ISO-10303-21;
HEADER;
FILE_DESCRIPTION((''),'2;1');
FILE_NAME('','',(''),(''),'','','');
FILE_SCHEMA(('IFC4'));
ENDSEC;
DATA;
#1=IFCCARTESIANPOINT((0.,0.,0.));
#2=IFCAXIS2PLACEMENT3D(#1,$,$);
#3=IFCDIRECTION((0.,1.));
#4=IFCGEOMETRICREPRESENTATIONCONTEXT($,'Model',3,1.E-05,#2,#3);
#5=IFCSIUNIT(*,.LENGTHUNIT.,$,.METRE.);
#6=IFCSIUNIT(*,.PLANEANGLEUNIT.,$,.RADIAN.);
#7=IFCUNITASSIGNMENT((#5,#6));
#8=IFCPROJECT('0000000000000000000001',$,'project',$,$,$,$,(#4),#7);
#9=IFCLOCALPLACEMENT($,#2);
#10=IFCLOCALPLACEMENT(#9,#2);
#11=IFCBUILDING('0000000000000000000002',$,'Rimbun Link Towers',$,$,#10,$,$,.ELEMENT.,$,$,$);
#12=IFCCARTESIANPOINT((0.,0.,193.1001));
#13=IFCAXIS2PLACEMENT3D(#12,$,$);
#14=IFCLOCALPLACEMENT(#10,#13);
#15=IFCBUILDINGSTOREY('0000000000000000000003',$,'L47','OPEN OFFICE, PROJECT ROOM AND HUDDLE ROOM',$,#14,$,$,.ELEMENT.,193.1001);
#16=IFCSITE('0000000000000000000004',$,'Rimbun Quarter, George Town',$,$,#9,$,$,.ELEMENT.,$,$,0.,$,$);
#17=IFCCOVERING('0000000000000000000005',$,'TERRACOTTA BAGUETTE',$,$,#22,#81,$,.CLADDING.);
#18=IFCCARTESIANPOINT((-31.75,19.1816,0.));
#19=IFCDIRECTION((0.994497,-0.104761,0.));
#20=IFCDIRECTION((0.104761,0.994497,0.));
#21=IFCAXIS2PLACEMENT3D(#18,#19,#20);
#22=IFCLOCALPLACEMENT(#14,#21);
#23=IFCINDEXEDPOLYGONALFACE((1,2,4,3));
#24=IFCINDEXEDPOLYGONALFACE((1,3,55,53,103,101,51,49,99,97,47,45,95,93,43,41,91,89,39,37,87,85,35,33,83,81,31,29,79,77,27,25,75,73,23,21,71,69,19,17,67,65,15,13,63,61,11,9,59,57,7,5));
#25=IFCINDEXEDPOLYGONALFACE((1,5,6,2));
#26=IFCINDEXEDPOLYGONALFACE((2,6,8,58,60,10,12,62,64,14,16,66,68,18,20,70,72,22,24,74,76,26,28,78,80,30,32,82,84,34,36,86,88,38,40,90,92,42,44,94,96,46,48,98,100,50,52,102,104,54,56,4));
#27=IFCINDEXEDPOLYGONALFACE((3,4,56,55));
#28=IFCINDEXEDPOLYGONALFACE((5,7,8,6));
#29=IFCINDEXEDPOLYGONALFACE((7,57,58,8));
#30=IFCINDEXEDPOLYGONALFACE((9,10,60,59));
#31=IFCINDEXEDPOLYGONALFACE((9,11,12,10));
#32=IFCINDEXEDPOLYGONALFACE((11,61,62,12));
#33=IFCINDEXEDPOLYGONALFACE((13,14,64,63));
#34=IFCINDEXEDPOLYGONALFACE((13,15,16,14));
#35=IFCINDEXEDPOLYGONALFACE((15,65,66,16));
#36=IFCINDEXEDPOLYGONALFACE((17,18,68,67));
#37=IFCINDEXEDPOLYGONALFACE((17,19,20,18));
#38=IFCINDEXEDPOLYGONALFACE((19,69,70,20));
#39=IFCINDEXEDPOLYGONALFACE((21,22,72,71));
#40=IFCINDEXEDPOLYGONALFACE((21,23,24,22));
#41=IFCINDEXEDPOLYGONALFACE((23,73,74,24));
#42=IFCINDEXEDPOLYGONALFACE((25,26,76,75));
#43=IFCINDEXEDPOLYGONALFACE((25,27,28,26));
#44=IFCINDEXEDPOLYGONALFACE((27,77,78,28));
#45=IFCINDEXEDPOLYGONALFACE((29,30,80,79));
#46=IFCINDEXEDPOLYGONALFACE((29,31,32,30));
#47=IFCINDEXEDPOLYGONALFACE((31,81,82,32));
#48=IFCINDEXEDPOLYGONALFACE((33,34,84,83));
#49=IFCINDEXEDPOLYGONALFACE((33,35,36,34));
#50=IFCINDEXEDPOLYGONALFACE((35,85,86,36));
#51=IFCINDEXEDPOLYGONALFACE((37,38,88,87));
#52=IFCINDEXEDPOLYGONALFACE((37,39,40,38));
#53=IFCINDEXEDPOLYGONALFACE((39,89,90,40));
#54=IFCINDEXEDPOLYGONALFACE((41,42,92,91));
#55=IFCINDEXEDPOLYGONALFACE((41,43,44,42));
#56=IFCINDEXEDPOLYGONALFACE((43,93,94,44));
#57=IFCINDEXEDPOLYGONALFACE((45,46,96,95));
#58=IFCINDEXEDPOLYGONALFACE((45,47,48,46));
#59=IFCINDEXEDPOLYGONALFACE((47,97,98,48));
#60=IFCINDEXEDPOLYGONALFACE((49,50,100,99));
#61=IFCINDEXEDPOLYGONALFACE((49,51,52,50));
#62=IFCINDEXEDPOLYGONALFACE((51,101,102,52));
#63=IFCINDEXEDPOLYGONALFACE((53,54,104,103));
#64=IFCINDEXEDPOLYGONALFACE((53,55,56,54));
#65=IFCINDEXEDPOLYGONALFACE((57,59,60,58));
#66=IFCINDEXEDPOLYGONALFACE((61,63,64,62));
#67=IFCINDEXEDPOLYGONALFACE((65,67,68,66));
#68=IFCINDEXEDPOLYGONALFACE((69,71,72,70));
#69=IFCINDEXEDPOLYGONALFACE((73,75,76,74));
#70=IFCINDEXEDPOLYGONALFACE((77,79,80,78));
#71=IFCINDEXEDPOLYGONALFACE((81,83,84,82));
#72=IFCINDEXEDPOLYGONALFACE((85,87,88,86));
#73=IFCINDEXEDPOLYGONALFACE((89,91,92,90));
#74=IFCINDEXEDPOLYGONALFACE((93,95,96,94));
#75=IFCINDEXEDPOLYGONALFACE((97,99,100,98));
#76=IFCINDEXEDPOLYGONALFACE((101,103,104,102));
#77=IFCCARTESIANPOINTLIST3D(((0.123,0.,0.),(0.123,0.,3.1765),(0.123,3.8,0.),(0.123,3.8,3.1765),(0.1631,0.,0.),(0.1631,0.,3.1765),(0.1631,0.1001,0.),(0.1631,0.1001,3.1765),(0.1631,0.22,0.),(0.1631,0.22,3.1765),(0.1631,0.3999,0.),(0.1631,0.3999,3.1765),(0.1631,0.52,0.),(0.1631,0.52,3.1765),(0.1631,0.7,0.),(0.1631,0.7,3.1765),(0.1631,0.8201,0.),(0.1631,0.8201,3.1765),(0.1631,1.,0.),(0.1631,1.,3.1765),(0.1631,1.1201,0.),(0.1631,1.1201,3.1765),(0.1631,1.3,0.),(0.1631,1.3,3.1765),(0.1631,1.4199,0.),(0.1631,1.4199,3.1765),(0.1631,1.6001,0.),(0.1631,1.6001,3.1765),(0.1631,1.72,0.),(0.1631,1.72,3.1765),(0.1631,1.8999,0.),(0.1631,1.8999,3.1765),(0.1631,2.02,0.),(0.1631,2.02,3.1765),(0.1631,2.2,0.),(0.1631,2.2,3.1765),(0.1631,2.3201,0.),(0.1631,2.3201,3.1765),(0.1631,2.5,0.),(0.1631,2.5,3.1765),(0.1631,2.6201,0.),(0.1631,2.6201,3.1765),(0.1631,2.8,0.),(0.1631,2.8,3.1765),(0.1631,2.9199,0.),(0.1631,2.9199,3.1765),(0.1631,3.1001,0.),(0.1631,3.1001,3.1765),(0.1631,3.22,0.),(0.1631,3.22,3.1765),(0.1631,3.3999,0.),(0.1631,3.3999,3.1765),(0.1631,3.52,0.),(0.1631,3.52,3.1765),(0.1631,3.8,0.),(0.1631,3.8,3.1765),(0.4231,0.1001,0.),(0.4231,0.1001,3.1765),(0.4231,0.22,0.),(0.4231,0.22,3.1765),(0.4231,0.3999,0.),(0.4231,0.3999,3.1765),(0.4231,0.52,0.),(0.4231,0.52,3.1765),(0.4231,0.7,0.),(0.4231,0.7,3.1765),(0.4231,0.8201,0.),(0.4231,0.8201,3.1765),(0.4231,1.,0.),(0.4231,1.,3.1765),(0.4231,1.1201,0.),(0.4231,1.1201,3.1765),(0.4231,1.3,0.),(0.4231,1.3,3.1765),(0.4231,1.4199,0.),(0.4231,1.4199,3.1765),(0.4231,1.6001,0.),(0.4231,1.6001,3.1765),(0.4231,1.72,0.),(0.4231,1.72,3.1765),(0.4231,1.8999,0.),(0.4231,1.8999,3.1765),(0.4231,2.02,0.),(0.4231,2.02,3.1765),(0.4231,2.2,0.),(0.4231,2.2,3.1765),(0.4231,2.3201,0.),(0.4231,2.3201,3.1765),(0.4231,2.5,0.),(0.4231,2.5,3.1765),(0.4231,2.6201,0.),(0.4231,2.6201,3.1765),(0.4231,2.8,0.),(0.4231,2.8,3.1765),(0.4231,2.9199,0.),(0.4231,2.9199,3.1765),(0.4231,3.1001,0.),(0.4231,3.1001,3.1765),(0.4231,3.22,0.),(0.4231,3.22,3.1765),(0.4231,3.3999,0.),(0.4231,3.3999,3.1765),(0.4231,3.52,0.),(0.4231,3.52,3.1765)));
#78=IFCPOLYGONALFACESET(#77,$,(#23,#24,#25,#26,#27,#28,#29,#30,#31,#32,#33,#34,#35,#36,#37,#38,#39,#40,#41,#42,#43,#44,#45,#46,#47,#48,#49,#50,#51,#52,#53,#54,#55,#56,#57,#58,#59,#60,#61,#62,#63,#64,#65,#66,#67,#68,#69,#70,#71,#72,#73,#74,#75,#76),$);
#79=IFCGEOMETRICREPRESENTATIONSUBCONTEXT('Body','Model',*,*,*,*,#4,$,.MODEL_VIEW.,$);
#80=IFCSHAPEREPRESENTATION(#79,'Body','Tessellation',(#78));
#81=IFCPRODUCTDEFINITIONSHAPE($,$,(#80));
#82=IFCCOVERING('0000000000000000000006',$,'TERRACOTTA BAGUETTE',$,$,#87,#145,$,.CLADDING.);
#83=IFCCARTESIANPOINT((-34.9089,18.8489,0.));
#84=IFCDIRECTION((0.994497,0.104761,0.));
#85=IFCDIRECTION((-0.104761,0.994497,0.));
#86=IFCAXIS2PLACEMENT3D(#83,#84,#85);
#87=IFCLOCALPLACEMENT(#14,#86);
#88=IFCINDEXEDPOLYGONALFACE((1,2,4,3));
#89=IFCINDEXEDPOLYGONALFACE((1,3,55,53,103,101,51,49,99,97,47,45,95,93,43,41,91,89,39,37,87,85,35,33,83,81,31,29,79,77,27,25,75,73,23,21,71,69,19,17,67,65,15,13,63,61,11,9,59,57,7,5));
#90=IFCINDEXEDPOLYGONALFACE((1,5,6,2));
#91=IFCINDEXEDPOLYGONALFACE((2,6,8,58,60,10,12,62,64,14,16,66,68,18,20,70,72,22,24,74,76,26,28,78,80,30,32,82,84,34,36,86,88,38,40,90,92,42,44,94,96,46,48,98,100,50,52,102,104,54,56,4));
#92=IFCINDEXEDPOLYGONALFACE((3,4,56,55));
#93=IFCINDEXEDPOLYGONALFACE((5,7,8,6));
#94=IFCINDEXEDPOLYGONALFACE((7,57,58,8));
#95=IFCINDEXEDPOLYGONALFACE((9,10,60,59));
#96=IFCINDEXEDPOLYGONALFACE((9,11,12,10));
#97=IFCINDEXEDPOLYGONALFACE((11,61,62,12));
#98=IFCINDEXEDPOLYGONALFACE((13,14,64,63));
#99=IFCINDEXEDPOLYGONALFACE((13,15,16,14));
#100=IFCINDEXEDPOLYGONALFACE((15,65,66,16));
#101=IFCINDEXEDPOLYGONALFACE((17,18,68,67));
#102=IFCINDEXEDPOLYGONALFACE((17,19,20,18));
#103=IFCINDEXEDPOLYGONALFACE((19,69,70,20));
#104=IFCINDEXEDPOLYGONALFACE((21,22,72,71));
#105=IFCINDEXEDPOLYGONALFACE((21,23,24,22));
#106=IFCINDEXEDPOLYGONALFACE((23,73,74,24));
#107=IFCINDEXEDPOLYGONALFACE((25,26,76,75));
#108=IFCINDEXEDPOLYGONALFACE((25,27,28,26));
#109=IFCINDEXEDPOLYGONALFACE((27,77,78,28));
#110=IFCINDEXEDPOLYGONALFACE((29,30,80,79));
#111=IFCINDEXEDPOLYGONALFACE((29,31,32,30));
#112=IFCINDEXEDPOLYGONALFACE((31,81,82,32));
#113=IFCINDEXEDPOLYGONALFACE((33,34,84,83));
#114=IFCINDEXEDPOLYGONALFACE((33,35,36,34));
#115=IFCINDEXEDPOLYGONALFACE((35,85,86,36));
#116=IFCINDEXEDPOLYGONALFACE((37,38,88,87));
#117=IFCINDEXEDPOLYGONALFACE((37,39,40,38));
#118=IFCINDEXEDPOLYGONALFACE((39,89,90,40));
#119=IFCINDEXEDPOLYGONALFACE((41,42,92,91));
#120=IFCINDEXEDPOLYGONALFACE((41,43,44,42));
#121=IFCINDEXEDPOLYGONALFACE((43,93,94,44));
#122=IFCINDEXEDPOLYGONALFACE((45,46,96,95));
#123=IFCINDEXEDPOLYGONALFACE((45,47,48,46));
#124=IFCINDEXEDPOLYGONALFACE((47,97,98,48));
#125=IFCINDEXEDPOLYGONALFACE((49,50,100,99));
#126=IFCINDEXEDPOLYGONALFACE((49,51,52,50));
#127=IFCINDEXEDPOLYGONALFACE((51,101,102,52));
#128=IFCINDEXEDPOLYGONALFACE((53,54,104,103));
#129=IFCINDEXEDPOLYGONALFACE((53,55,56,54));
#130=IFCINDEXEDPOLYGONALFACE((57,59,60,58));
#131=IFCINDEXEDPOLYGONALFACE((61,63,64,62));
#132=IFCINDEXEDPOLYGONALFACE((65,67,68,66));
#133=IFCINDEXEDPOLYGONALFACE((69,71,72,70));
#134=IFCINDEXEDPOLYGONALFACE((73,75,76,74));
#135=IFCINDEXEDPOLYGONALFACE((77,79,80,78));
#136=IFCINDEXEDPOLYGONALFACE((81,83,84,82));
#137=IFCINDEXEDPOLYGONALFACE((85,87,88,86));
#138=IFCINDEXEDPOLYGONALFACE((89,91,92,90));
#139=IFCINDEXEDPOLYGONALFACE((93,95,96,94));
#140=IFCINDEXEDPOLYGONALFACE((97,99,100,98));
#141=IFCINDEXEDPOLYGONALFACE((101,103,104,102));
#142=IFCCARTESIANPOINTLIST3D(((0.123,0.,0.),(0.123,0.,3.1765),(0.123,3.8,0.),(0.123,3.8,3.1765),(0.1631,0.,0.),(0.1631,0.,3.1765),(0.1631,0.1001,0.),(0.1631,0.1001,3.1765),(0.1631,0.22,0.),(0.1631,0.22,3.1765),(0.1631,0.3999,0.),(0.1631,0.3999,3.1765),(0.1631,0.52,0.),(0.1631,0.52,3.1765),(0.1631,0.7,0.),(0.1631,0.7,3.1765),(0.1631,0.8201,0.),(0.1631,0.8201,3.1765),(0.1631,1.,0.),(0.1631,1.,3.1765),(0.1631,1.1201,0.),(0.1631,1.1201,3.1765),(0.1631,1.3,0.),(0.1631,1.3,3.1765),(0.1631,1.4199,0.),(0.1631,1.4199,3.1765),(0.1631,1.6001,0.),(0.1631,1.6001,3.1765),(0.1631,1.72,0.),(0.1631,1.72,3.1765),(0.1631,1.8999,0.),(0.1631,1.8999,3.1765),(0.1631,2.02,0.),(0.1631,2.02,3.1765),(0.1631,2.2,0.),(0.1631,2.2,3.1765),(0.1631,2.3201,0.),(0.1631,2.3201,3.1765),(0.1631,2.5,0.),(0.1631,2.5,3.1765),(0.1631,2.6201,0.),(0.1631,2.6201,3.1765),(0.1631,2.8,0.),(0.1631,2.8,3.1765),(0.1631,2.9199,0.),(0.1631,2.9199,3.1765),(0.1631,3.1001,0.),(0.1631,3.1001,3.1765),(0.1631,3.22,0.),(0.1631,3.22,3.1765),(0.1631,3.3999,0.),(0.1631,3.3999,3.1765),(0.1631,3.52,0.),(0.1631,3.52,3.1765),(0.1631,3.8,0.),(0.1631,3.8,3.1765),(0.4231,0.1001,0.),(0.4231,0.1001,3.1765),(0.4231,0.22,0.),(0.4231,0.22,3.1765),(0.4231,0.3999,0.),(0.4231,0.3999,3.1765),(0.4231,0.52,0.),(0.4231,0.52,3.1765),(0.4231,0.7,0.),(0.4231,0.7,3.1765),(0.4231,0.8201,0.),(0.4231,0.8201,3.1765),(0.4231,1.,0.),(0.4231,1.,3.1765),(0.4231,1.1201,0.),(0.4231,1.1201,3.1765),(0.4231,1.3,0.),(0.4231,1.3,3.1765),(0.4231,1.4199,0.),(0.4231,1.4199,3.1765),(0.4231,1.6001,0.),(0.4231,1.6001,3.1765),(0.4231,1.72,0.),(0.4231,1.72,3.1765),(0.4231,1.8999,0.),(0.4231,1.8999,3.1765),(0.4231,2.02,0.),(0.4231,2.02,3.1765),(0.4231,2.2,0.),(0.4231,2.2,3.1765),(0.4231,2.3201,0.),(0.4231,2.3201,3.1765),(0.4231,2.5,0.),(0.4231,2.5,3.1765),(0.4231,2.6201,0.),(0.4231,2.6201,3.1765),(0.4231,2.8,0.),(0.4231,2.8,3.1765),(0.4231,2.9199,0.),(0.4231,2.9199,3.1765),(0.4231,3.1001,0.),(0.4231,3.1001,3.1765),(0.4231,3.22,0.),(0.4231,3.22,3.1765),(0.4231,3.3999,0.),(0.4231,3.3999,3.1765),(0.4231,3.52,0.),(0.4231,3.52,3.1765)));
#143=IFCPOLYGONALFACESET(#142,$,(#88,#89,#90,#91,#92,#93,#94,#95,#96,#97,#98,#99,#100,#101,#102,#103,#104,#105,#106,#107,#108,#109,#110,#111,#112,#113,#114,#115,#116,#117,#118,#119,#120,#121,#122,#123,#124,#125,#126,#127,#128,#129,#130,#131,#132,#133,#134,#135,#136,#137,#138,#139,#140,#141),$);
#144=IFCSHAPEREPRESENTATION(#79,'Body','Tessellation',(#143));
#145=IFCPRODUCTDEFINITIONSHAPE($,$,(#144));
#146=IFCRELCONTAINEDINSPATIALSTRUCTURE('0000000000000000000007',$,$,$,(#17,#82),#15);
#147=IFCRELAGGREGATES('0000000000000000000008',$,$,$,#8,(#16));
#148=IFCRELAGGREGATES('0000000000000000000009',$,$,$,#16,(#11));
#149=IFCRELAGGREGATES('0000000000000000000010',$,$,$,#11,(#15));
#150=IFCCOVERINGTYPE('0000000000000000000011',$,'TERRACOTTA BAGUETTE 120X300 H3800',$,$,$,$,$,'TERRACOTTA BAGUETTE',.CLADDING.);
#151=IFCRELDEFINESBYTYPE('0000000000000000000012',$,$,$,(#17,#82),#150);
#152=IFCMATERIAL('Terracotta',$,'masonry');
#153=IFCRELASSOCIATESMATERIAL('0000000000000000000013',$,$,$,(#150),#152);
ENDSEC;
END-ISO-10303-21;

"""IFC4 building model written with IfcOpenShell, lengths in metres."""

from ifc_helpers import new_model, si_unit, direction, frame, origin, place, context, subcontext, project, spatial, polyline, outline, extrude, material, material_profile, profile_set, type_object, element, save


model = new_model("IFC4")

# Units and contexts
model_context = context("Model", 3, precision=1e-05, world=origin(), true_north=direction((0.0, 1.0)))
body_context = subcontext(model_context, "Body", "Model", "MODEL_VIEW")
ifc_project = project(units=[si_unit("LENGTHUNIT", "METRE"), si_unit("PLANEANGLEUNIT", "RADIAN")], contexts=[model_context])

# Site, building, storey
site_placement = place(None, origin())
site = spatial("IfcSite", under=ifc_project, at=site_placement, Name="Rimbun Quarter, George Town", CompositionType="ELEMENT", RefElevation=0.0)
building_placement = place(site_placement, origin())
building = spatial("IfcBuilding", under=site, at=building_placement, Name="Rimbun Link Towers", CompositionType="ELEMENT")
storey_placement = place(building_placement, frame((0.0, 0.0, 193.1001)))
storey = spatial("IfcBuildingStorey", under=building, at=storey_placement, Name="L47", Description="OPEN OFFICE, PROJECT ROOM AND HUDDLE ROOM", CompositionType="ELEMENT", Elevation=193.1001)

# Coverings
ifc_material_1 = material(Name="Terracotta", Category="masonry")
ifc_material_profile_1 = material_profile(ifc_material_1, outline(polyline([(0.123, 0.0), (0.1631, 0.0), (0.1631, 0.1001), (0.4231, 0.1001), (0.4231, 0.22), (0.1631, 0.22), (0.1631, 0.3999), (0.4231, 0.3999), (0.4231, 0.52), (0.1631, 0.52), (0.1631, 0.7), (0.4231, 0.7), (0.4231, 0.8201), (0.1631, 0.8201), (0.1631, 1.0), (0.4231, 1.0), (0.4231, 1.1201), (0.1631, 1.1201), (0.1631, 1.3), (0.4231, 1.3), (0.4231, 1.4199), (0.1631, 1.4199), (0.1631, 1.6001), (0.4231, 1.6001), (0.4231, 1.72), (0.1631, 1.72), (0.1631, 1.8999), (0.4231, 1.8999), (0.4231, 2.02), (0.1631, 2.02), (0.1631, 2.2), (0.4231, 2.2), (0.4231, 2.3201), (0.1631, 2.3201), (0.1631, 2.5), (0.4231, 2.5), (0.4231, 2.6201), (0.1631, 2.6201), (0.1631, 2.8), (0.4231, 2.8), (0.4231, 2.9199), (0.1631, 2.9199), (0.1631, 3.1001), (0.4231, 3.1001), (0.4231, 3.22), (0.1631, 3.22), (0.1631, 3.3999), (0.4231, 3.3999), (0.4231, 3.52), (0.1631, 3.52), (0.1631, 3.8), (0.123, 3.8), (0.123, 0.0)])), Name="BAGUETTE 120X300")
ifc_profile_set_1 = profile_set([ifc_material_profile_1], Name="Terracotta")
covering_type = type_object("IfcCoveringType", Name="TERRACOTTA BAGUETTE 120X300 H3800", ElementType="TERRACOTTA BAGUETTE", PredefinedType="CLADDING", material=ifc_profile_set_1)
for number, where, z_axis, x_axis, name in (
    (1, (-31.75, 19.1816, 0.0), (0.994497, -0.104761, 0.0), (0.104761, 0.994497, 0.0), "TERRACOTTA BAGUETTE"),
    (2, (-34.9089, 18.8489, 0.0), (0.994497, 0.104761, 0.0), (-0.104761, 0.994497, 0.0), "TERRACOTTA BAGUETTE"),
):
    element("IfcCovering", number, at=place(storey_placement, frame(where, z_axis=z_axis, x_axis=x_axis)), inside=storey, type_object=covering_type, Name=name, PredefinedType="CLADDING", context=body_context, shape_type="SweptSolid", body=[
        extrude(outline(polyline([(0.123, 0.0), (0.1631, 0.0), (0.1631, 0.1001), (0.4231, 0.1001), (0.4231, 0.22), (0.1631, 0.22), (0.1631, 0.3999), (0.4231, 0.3999), (0.4231, 0.52), (0.1631, 0.52), (0.1631, 0.7), (0.4231, 0.7), (0.4231, 0.8201), (0.1631, 0.8201), (0.1631, 1.0), (0.4231, 1.0), (0.4231, 1.1201), (0.1631, 1.1201), (0.1631, 1.3), (0.4231, 1.3), (0.4231, 1.4199), (0.1631, 1.4199), (0.1631, 1.6001), (0.4231, 1.6001), (0.4231, 1.72), (0.1631, 1.72), (0.1631, 1.8999), (0.4231, 1.8999), (0.4231, 2.02), (0.1631, 2.02), (0.1631, 2.2), (0.4231, 2.2), (0.4231, 2.3201), (0.1631, 2.3201), (0.1631, 2.5), (0.4231, 2.5), (0.4231, 2.6201), (0.1631, 2.6201), (0.1631, 2.8), (0.4231, 2.8), (0.4231, 2.9199), (0.1631, 2.9199), (0.1631, 3.1001), (0.4231, 3.1001), (0.4231, 3.22), (0.1631, 3.22), (0.1631, 3.3999), (0.4231, 3.3999), (0.4231, 3.52), (0.1631, 3.52), (0.1631, 3.8), (0.123, 3.8), (0.123, 0.0)])), origin(), (0.0, 0.0, 1.0), 3.1765),
    ])

save(model, "model.ifc")
